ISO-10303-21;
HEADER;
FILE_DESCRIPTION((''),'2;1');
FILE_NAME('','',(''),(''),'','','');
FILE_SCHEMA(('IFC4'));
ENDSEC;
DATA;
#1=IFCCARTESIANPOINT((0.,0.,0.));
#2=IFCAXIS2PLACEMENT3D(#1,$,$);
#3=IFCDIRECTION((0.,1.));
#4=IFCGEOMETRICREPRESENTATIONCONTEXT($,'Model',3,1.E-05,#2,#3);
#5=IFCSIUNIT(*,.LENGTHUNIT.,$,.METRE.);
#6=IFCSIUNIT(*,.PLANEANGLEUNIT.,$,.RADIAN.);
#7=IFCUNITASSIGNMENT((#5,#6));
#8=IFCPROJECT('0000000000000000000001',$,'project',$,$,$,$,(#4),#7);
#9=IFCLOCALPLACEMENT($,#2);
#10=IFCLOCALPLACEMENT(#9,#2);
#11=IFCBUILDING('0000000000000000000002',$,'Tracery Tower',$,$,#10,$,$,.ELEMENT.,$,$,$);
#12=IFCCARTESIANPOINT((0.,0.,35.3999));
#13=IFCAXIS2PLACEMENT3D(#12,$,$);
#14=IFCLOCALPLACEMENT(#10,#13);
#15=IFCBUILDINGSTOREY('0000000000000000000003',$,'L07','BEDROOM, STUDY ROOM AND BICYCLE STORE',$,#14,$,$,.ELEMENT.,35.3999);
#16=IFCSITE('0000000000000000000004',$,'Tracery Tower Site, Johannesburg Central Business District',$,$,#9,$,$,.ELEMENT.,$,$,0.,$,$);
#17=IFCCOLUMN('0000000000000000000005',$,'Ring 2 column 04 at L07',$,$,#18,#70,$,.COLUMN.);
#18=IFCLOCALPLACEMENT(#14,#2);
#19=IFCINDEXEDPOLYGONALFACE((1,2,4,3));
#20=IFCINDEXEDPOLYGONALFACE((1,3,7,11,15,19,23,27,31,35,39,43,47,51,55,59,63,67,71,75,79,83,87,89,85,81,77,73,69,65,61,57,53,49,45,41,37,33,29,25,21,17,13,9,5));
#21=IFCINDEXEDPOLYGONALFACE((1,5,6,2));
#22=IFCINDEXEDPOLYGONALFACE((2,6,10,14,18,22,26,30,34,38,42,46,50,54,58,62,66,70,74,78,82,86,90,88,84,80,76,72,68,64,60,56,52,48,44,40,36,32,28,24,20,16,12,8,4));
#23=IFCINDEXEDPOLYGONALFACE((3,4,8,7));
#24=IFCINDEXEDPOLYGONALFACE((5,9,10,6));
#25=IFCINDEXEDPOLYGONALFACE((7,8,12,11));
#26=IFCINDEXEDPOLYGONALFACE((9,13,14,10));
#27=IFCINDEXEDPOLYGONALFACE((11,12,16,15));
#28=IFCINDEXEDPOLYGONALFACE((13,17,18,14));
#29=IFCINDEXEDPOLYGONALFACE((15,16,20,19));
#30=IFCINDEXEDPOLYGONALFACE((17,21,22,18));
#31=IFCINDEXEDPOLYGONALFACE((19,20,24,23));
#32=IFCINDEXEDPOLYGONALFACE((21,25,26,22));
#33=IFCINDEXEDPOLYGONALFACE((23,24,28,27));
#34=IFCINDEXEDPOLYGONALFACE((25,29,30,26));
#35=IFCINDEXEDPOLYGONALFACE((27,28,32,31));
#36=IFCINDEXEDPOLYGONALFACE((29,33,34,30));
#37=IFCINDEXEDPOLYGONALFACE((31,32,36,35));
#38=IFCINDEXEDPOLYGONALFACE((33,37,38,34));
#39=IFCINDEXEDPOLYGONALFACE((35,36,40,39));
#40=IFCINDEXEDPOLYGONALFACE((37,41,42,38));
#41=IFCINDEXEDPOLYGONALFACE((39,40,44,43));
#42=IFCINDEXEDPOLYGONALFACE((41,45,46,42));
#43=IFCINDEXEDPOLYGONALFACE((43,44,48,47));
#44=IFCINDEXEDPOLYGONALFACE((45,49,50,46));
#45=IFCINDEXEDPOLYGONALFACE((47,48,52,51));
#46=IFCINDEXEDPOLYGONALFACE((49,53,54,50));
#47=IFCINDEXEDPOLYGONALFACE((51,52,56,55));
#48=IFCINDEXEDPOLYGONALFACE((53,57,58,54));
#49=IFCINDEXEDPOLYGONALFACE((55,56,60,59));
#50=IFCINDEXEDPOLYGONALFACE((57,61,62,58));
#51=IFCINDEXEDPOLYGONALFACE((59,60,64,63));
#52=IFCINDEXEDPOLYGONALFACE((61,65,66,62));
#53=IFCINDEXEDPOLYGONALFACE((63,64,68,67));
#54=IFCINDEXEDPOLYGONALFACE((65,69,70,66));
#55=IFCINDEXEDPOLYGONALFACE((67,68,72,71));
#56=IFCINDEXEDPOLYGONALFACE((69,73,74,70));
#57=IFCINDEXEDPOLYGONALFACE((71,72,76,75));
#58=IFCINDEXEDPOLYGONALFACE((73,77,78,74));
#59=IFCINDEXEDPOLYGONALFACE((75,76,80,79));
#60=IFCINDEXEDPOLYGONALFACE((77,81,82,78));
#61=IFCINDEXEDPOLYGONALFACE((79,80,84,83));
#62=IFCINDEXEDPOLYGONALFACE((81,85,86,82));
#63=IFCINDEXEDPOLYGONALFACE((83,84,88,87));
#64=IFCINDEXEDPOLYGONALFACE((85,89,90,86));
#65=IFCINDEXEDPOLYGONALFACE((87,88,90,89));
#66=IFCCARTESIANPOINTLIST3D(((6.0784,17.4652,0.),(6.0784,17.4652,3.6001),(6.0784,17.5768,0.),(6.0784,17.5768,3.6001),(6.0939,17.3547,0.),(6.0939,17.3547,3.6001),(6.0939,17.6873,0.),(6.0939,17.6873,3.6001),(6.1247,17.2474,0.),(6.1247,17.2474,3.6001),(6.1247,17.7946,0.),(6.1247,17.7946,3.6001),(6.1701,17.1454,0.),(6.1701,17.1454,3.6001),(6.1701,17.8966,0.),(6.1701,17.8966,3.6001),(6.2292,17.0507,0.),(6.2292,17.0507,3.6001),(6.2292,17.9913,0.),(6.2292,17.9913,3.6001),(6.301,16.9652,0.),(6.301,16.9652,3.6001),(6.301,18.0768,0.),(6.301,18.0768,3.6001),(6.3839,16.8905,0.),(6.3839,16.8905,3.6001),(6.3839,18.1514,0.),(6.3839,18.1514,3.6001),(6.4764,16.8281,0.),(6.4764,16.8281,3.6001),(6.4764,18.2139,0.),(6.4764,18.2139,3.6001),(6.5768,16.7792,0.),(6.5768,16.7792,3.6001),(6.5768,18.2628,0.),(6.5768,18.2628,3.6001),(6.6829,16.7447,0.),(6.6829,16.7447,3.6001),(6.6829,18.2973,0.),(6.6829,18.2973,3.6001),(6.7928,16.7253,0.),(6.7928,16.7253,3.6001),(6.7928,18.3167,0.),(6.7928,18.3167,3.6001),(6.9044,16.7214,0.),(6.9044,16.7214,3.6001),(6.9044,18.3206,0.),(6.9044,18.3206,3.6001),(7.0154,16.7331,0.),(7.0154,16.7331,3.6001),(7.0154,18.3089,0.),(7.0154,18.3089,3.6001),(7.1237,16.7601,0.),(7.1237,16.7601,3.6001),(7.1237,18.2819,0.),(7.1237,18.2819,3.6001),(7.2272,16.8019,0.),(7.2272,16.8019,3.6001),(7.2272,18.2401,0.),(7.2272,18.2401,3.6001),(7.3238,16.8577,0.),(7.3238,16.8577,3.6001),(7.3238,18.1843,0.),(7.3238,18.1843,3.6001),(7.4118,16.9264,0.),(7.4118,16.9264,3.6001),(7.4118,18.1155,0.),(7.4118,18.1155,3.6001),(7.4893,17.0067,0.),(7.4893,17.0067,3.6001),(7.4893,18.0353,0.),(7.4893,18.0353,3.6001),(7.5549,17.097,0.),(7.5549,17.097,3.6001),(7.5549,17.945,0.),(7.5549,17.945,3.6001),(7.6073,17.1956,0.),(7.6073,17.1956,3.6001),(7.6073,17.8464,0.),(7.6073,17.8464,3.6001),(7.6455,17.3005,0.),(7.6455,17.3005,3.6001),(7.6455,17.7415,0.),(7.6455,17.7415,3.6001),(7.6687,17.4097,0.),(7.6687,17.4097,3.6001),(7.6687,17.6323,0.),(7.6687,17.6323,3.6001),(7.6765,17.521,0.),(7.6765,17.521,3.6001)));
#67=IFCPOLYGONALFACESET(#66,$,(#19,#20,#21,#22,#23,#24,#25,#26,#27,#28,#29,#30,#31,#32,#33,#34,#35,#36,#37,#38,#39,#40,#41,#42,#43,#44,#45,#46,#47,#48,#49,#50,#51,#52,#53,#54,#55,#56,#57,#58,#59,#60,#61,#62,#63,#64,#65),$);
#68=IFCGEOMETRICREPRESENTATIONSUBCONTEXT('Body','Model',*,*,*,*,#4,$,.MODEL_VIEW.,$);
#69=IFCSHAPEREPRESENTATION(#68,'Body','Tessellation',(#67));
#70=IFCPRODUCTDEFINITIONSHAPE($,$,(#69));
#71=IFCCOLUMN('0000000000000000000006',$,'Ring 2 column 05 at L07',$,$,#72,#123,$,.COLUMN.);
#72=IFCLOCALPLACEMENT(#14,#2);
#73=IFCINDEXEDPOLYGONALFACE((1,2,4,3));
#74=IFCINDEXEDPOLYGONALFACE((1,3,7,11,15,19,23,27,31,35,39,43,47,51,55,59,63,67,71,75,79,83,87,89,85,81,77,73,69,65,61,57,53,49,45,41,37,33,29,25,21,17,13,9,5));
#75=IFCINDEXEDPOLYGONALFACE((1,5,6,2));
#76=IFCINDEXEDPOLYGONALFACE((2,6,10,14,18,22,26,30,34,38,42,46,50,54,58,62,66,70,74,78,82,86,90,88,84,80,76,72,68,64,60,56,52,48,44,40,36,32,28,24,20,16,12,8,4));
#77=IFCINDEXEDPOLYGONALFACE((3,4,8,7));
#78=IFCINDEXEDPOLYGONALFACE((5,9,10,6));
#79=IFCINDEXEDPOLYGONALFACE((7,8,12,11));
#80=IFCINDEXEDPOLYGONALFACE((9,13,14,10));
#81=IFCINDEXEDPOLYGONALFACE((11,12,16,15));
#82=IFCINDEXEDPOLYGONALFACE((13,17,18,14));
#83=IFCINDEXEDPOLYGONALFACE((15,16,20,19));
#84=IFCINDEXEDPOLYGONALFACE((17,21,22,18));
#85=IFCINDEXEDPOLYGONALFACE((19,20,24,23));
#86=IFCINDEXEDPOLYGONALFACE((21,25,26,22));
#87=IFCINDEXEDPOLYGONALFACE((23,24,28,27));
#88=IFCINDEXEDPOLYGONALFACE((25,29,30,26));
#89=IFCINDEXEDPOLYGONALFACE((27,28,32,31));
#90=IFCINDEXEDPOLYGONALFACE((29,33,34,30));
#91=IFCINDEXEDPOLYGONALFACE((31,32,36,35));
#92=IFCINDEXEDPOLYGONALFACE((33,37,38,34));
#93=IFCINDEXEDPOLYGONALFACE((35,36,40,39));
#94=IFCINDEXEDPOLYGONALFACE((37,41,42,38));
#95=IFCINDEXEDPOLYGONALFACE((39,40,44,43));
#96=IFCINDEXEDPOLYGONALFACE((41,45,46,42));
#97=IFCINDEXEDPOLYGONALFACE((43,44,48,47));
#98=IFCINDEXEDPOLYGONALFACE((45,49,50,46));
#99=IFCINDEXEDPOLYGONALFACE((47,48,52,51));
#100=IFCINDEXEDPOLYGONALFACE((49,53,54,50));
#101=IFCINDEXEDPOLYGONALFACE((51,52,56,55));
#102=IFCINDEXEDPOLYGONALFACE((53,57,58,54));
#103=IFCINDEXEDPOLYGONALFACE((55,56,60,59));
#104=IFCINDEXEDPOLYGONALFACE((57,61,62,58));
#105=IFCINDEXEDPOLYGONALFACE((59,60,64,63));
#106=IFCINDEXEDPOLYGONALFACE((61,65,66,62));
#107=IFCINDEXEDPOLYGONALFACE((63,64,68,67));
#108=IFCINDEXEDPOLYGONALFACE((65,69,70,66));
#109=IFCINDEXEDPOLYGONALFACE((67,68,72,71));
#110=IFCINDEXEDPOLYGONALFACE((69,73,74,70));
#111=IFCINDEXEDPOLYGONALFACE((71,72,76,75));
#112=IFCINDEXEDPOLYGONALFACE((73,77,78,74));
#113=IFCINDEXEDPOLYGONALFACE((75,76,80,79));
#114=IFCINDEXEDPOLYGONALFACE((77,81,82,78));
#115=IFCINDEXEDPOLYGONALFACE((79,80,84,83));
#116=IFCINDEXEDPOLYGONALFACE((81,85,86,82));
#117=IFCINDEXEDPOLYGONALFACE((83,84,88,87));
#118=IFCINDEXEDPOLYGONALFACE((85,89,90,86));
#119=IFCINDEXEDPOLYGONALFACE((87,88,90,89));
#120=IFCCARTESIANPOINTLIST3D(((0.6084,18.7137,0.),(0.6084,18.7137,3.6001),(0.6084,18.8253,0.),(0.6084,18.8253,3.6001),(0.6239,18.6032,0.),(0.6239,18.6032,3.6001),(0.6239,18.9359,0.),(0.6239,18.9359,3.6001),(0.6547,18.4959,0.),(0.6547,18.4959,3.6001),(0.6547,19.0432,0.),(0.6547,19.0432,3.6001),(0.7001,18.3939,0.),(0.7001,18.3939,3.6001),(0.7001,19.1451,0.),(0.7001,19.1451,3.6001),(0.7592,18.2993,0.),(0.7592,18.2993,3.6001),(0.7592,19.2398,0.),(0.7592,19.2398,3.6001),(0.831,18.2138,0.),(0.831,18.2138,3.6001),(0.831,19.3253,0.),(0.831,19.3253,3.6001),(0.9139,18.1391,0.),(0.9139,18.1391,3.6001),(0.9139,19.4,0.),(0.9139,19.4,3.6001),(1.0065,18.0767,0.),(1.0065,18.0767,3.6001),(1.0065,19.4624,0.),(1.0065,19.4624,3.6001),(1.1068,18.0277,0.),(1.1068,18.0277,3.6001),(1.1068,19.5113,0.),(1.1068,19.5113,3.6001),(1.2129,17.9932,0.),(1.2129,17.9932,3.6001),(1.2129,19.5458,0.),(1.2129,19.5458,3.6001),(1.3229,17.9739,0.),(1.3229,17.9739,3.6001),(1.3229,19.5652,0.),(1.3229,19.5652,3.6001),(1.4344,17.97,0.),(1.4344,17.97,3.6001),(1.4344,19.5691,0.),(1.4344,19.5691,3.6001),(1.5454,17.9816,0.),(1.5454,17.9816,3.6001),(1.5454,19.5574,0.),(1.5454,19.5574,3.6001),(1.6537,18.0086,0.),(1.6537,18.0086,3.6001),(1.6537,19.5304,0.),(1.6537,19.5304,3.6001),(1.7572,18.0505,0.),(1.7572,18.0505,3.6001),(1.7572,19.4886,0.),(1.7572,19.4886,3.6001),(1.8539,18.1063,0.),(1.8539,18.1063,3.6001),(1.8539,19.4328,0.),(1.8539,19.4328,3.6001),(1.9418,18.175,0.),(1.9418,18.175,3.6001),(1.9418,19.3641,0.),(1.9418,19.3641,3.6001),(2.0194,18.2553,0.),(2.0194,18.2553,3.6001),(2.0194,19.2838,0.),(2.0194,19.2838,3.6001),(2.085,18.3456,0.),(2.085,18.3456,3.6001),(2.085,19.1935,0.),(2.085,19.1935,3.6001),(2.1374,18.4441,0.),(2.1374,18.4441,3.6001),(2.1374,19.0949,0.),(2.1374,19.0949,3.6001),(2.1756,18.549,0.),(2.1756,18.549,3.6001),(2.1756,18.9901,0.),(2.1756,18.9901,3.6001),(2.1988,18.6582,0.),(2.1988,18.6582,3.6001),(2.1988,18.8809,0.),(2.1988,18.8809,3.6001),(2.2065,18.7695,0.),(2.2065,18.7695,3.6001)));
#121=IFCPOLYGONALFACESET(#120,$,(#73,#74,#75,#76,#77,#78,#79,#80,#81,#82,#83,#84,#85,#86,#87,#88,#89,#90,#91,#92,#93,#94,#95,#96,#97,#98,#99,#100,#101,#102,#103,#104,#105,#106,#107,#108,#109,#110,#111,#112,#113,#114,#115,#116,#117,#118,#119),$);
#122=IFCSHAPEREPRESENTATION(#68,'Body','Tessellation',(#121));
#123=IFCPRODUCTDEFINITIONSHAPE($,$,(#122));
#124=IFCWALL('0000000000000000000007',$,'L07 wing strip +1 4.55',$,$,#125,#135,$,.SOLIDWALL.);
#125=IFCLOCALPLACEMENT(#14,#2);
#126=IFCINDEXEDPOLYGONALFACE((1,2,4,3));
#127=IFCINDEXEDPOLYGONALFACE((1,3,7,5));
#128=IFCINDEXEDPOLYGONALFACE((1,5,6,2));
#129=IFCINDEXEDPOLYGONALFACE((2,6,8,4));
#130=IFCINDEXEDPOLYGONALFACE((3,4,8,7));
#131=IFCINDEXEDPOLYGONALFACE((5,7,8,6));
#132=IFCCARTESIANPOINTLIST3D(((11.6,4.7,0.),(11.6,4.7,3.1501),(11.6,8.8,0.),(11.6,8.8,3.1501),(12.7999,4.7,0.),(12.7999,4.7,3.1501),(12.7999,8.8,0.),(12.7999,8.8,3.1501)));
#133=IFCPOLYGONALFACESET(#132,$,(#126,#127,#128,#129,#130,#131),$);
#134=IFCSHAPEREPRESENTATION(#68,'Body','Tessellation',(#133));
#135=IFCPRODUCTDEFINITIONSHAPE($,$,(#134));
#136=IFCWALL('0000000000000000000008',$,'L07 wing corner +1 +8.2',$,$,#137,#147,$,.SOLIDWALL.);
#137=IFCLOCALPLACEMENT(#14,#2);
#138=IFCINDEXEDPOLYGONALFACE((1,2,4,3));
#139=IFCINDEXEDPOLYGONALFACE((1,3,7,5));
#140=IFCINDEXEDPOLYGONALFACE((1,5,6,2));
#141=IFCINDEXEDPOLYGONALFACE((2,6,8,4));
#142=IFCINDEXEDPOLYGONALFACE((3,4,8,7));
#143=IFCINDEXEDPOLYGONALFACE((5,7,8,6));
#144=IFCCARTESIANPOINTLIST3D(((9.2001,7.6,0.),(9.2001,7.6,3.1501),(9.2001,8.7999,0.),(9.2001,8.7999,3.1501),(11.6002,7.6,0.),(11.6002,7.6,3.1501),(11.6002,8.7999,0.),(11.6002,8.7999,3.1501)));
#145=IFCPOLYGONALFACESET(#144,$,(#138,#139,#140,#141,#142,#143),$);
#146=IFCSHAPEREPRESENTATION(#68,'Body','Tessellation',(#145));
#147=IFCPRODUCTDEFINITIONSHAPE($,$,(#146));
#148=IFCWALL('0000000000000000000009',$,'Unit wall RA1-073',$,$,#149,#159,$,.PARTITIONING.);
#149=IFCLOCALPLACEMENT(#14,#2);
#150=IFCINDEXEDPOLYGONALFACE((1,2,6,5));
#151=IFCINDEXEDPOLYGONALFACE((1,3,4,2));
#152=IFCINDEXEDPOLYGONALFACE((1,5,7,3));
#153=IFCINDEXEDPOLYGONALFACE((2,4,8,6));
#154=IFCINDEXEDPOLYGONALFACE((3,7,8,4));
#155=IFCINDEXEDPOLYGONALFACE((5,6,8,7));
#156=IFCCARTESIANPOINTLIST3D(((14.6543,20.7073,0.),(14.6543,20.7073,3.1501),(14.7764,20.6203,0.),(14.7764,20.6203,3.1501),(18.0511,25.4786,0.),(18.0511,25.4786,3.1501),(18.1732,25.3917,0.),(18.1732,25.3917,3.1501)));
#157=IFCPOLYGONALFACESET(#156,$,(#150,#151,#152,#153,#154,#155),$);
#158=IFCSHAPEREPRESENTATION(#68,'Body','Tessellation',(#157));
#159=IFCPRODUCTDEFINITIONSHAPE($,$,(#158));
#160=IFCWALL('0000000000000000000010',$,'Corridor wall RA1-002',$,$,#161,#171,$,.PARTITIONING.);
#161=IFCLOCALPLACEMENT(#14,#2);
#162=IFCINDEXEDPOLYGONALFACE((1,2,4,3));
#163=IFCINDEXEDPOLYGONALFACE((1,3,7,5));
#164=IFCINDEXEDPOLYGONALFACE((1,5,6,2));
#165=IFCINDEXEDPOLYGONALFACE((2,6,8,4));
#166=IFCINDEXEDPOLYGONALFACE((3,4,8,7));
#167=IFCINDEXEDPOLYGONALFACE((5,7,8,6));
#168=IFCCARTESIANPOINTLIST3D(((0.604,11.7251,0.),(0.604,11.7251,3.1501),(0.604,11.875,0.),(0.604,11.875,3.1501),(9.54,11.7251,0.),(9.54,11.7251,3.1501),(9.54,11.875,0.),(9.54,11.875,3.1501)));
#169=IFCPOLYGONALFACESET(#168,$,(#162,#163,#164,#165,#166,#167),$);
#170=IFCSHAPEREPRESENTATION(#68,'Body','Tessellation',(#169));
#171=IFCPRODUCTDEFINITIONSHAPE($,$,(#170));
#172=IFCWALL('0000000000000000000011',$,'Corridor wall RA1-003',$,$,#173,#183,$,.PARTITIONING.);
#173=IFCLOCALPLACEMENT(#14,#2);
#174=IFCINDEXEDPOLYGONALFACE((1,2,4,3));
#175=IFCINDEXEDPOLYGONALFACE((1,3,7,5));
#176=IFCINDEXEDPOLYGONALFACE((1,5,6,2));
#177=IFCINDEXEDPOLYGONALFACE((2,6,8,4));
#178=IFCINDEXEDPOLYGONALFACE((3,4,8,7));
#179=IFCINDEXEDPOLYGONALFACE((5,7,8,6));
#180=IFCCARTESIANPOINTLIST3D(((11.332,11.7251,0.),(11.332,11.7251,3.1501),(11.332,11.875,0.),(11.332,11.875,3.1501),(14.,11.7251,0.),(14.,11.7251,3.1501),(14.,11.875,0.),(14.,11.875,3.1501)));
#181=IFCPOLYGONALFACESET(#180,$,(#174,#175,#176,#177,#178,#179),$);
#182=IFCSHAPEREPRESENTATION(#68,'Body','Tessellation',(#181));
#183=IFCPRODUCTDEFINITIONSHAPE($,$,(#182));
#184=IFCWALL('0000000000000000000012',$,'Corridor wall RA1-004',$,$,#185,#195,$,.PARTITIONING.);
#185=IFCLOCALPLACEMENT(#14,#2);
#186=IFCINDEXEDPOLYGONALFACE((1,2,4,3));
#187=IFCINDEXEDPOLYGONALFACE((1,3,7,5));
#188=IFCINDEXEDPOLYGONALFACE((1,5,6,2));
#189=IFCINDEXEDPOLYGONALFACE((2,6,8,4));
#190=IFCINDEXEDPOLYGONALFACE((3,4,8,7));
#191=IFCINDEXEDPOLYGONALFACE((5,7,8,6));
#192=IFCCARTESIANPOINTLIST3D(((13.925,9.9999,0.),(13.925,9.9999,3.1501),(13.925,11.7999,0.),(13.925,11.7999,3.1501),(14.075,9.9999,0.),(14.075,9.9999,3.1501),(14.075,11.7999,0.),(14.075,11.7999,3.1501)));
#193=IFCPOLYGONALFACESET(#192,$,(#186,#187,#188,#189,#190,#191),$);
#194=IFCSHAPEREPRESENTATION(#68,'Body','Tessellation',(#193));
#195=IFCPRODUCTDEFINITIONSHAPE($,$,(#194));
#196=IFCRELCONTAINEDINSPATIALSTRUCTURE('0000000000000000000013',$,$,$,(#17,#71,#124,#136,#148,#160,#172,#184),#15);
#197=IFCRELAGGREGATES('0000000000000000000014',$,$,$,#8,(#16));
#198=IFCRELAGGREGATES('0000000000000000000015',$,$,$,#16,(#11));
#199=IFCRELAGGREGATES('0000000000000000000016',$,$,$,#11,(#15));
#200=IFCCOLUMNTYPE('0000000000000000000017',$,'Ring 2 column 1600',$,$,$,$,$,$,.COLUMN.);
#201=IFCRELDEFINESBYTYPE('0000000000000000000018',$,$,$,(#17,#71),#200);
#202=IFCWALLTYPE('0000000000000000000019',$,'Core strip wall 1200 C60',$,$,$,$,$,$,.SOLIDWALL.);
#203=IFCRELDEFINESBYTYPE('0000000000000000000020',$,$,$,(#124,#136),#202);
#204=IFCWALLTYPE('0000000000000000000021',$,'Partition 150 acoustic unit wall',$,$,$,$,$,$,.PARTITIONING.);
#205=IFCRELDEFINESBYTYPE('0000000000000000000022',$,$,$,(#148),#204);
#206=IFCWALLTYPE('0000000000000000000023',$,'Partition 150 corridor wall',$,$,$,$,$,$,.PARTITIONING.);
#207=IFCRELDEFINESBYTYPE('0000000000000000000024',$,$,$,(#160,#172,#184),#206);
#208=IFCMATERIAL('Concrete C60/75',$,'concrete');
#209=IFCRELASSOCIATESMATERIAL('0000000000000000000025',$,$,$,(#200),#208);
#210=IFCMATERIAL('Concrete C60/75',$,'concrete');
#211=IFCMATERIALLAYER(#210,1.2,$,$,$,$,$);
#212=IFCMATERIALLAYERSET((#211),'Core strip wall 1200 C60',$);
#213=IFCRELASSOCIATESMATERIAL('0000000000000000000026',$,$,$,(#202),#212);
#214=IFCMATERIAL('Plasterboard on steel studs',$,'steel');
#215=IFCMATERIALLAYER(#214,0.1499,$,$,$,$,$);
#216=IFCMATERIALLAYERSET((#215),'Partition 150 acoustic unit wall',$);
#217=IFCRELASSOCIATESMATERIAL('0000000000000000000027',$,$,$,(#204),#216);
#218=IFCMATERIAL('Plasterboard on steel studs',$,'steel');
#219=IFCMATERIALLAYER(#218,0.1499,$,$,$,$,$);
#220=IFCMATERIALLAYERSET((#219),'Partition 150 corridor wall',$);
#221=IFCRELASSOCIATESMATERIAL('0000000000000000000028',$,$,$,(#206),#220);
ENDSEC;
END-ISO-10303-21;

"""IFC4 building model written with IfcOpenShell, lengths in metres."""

from ifc_helpers import new_model, si_unit, direction, frame, frame_2d, origin, origin_2d, place, context, subcontext, project, spatial, rectangle, circle, extrude, material, layer, layer_set, material_profile, profile_set, type_object, element, save


model = new_model("IFC4")

# Units and contexts
model_context = context("Model", 3, precision=1e-05, world=origin(), true_north=direction((0.0, 1.0)))
body_context = subcontext(model_context, "Body", "Model", "MODEL_VIEW")
ifc_project = project(units=[si_unit("LENGTHUNIT", "METRE"), si_unit("PLANEANGLEUNIT", "RADIAN")], contexts=[model_context])

# Site, building, storey
site_placement = place(None, origin())
site = spatial("IfcSite", under=ifc_project, at=site_placement, Name="Tracery Tower Site, Johannesburg Central Business District", CompositionType="ELEMENT", RefElevation=0.0)
building_placement = place(site_placement, origin())
building = spatial("IfcBuilding", under=site, at=building_placement, Name="Tracery Tower", CompositionType="ELEMENT")
storey_placement = place(building_placement, frame((0.0, 0.0, 35.3999)))
storey = spatial("IfcBuildingStorey", under=building, at=storey_placement, Name="L07", Description="BEDROOM, STUDY ROOM AND BICYCLE STORE", CompositionType="ELEMENT", Elevation=35.3999)

# Columns
ifc_material_1 = material(Name="Concrete C60/75", Category="concrete")
ifc_material_profile_1 = material_profile(ifc_material_1, circle(Radius=0.8, at=origin_2d()), Name="RC D1600")
ifc_profile_set_1 = profile_set([ifc_material_profile_1], Name="Concrete C60/75")
column_type_1 = type_object("IfcColumnType", Name="Ring 2 column 1600", PredefinedType="COLUMN", material=ifc_profile_set_1)
for number, where, z_axis, x_axis, name in (
    (1, (6.8765, 17.521, 0.0), (0.0, 0.0, 1.0), (1.0, 0.0, 0.0), "Ring 2 column 04 at L07"),
    (2, (1.4065, 18.7695, 0.0), (0.0, 0.0, 1.0), (1.0, 0.0, 0.0), "Ring 2 column 05 at L07"),
):
    element("IfcColumn", number, at=place(storey_placement, frame(where, z_axis=z_axis, x_axis=x_axis)), inside=storey, type_object=column_type_1, Name=name, PredefinedType="COLUMN", context=body_context, shape_type="SweptSolid", body=[
        extrude(circle(Radius=0.8, at=origin_2d()), origin(), (0.0, 0.0, 1.0), 3.6001),
    ])

# Walls
ifc_material_2 = material(Name="Concrete C60/75", Category="concrete")
ifc_layer_1 = layer(ifc_material_2, 1.2)
ifc_layer_set_1 = layer_set([ifc_layer_1], Name="Core strip wall 1200 C60")
wall_type_1 = type_object("IfcWallType", Name="Core strip wall 1200 C60", PredefinedType="SOLIDWALL", material=ifc_layer_set_1)
wall_1_placement = place(storey_placement, frame((12.2, 4.7, 0.0), z_axis=(0.0, 0.0, 1.0), x_axis=(0.0, 1.0, 0.0)))
element("IfcWall", 3, at=wall_1_placement, inside=storey, type_object=wall_type_1, Name="L07 wing strip +1 4.55", PredefinedType="SOLIDWALL", context=body_context, shape_type="SweptSolid", body=[
    extrude(rectangle(XDim=4.1001, YDim=1.2, at=frame_2d((2.05, 0.0))), origin(), (0.0, 0.0, 1.0), 3.1501),
])
wall_2_placement = place(storey_placement, frame((9.2, 8.2, 0.0), z_axis=(0.0, 0.0, 1.0), x_axis=(1.0, 0.0, 0.0)))
element("IfcWall", 4, at=wall_2_placement, inside=storey, type_object=wall_type_1, Name="L07 wing corner +1 +8.2", PredefinedType="SOLIDWALL", context=body_context, shape_type="SweptSolid", body=[
    extrude(rectangle(XDim=2.4001, YDim=1.2, at=frame_2d((1.2002, 0.0))), origin(), (0.0, 0.0, 1.0), 3.1501),
])
ifc_material_3 = material(Name="Plasterboard on steel studs", Category="steel")
ifc_layer_2 = layer(ifc_material_3, 0.1499)
ifc_layer_set_2 = layer_set([ifc_layer_2], Name="Partition 150 acoustic unit wall")
wall_type_2 = type_object("IfcWallType", Name="Partition 150 acoustic unit wall", PredefinedType="PARTITIONING", material=ifc_layer_set_2)
wall_3_placement = place(storey_placement, frame((14.7153, 20.6638, 0.0), z_axis=(0.0, 0.0, 1.0), x_axis=(0.57996, 0.814645, 0.0)))
element("IfcWall", 5, at=wall_3_placement, inside=storey, type_object=wall_type_2, Name="Unit wall RA1-073", PredefinedType="PARTITIONING", context=body_context, shape_type="SweptSolid", body=[
    extrude(rectangle(XDim=5.8569, YDim=0.1499, at=frame_2d((2.9285, 0.0))), origin(), (0.0, 0.0, 1.0), 3.1501),
])
ifc_material_4 = material(Name="Plasterboard on steel studs", Category="steel")
ifc_layer_3 = layer(ifc_material_4, 0.1499)
ifc_layer_set_3 = layer_set([ifc_layer_3], Name="Partition 150 corridor wall")
wall_type_3 = type_object("IfcWallType", Name="Partition 150 corridor wall", PredefinedType="PARTITIONING", material=ifc_layer_set_3)
wall_4_placement = place(storey_placement, frame((0.604, 11.8, 0.0), z_axis=(0.0, 0.0, 1.0), x_axis=(1.0, 0.0, 0.0)))
element("IfcWall", 6, at=wall_4_placement, inside=storey, type_object=wall_type_3, Name="Corridor wall RA1-002", PredefinedType="PARTITIONING", context=body_context, shape_type="SweptSolid", body=[
    extrude(rectangle(XDim=8.936, YDim=0.1499, at=frame_2d((4.468, 0.0))), origin(), (0.0, 0.0, 1.0), 3.1501),
])
wall_5_placement = place(storey_placement, frame((11.332, 11.8, 0.0), z_axis=(0.0, 0.0, 1.0), x_axis=(1.0, 0.0, 0.0)))
element("IfcWall", 7, at=wall_5_placement, inside=storey, type_object=wall_type_3, Name="Corridor wall RA1-003", PredefinedType="PARTITIONING", context=body_context, shape_type="SweptSolid", body=[
    extrude(rectangle(XDim=2.668, YDim=0.1499, at=frame_2d((1.334, 0.0))), origin(), (0.0, 0.0, 1.0), 3.1501),
])
for number, where, z_axis, x_axis, name in (
    (8, (14.0, 10.0, 0.0), (0.0, 0.0, 1.0), (0.0, 1.0, 0.0), "Corridor wall RA1-004"),
):
    element("IfcWall", number, at=place(storey_placement, frame(where, z_axis=z_axis, x_axis=x_axis)), inside=storey, type_object=wall_type_3, Name=name, PredefinedType="PARTITIONING", context=body_context, shape_type="SweptSolid", body=[
        extrude(rectangle(XDim=1.8, YDim=0.1499, at=frame_2d((0.8999, 0.0))), origin(), (0.0, 0.0, 1.0), 3.1501),
    ])

save(model, "model.ifc")
